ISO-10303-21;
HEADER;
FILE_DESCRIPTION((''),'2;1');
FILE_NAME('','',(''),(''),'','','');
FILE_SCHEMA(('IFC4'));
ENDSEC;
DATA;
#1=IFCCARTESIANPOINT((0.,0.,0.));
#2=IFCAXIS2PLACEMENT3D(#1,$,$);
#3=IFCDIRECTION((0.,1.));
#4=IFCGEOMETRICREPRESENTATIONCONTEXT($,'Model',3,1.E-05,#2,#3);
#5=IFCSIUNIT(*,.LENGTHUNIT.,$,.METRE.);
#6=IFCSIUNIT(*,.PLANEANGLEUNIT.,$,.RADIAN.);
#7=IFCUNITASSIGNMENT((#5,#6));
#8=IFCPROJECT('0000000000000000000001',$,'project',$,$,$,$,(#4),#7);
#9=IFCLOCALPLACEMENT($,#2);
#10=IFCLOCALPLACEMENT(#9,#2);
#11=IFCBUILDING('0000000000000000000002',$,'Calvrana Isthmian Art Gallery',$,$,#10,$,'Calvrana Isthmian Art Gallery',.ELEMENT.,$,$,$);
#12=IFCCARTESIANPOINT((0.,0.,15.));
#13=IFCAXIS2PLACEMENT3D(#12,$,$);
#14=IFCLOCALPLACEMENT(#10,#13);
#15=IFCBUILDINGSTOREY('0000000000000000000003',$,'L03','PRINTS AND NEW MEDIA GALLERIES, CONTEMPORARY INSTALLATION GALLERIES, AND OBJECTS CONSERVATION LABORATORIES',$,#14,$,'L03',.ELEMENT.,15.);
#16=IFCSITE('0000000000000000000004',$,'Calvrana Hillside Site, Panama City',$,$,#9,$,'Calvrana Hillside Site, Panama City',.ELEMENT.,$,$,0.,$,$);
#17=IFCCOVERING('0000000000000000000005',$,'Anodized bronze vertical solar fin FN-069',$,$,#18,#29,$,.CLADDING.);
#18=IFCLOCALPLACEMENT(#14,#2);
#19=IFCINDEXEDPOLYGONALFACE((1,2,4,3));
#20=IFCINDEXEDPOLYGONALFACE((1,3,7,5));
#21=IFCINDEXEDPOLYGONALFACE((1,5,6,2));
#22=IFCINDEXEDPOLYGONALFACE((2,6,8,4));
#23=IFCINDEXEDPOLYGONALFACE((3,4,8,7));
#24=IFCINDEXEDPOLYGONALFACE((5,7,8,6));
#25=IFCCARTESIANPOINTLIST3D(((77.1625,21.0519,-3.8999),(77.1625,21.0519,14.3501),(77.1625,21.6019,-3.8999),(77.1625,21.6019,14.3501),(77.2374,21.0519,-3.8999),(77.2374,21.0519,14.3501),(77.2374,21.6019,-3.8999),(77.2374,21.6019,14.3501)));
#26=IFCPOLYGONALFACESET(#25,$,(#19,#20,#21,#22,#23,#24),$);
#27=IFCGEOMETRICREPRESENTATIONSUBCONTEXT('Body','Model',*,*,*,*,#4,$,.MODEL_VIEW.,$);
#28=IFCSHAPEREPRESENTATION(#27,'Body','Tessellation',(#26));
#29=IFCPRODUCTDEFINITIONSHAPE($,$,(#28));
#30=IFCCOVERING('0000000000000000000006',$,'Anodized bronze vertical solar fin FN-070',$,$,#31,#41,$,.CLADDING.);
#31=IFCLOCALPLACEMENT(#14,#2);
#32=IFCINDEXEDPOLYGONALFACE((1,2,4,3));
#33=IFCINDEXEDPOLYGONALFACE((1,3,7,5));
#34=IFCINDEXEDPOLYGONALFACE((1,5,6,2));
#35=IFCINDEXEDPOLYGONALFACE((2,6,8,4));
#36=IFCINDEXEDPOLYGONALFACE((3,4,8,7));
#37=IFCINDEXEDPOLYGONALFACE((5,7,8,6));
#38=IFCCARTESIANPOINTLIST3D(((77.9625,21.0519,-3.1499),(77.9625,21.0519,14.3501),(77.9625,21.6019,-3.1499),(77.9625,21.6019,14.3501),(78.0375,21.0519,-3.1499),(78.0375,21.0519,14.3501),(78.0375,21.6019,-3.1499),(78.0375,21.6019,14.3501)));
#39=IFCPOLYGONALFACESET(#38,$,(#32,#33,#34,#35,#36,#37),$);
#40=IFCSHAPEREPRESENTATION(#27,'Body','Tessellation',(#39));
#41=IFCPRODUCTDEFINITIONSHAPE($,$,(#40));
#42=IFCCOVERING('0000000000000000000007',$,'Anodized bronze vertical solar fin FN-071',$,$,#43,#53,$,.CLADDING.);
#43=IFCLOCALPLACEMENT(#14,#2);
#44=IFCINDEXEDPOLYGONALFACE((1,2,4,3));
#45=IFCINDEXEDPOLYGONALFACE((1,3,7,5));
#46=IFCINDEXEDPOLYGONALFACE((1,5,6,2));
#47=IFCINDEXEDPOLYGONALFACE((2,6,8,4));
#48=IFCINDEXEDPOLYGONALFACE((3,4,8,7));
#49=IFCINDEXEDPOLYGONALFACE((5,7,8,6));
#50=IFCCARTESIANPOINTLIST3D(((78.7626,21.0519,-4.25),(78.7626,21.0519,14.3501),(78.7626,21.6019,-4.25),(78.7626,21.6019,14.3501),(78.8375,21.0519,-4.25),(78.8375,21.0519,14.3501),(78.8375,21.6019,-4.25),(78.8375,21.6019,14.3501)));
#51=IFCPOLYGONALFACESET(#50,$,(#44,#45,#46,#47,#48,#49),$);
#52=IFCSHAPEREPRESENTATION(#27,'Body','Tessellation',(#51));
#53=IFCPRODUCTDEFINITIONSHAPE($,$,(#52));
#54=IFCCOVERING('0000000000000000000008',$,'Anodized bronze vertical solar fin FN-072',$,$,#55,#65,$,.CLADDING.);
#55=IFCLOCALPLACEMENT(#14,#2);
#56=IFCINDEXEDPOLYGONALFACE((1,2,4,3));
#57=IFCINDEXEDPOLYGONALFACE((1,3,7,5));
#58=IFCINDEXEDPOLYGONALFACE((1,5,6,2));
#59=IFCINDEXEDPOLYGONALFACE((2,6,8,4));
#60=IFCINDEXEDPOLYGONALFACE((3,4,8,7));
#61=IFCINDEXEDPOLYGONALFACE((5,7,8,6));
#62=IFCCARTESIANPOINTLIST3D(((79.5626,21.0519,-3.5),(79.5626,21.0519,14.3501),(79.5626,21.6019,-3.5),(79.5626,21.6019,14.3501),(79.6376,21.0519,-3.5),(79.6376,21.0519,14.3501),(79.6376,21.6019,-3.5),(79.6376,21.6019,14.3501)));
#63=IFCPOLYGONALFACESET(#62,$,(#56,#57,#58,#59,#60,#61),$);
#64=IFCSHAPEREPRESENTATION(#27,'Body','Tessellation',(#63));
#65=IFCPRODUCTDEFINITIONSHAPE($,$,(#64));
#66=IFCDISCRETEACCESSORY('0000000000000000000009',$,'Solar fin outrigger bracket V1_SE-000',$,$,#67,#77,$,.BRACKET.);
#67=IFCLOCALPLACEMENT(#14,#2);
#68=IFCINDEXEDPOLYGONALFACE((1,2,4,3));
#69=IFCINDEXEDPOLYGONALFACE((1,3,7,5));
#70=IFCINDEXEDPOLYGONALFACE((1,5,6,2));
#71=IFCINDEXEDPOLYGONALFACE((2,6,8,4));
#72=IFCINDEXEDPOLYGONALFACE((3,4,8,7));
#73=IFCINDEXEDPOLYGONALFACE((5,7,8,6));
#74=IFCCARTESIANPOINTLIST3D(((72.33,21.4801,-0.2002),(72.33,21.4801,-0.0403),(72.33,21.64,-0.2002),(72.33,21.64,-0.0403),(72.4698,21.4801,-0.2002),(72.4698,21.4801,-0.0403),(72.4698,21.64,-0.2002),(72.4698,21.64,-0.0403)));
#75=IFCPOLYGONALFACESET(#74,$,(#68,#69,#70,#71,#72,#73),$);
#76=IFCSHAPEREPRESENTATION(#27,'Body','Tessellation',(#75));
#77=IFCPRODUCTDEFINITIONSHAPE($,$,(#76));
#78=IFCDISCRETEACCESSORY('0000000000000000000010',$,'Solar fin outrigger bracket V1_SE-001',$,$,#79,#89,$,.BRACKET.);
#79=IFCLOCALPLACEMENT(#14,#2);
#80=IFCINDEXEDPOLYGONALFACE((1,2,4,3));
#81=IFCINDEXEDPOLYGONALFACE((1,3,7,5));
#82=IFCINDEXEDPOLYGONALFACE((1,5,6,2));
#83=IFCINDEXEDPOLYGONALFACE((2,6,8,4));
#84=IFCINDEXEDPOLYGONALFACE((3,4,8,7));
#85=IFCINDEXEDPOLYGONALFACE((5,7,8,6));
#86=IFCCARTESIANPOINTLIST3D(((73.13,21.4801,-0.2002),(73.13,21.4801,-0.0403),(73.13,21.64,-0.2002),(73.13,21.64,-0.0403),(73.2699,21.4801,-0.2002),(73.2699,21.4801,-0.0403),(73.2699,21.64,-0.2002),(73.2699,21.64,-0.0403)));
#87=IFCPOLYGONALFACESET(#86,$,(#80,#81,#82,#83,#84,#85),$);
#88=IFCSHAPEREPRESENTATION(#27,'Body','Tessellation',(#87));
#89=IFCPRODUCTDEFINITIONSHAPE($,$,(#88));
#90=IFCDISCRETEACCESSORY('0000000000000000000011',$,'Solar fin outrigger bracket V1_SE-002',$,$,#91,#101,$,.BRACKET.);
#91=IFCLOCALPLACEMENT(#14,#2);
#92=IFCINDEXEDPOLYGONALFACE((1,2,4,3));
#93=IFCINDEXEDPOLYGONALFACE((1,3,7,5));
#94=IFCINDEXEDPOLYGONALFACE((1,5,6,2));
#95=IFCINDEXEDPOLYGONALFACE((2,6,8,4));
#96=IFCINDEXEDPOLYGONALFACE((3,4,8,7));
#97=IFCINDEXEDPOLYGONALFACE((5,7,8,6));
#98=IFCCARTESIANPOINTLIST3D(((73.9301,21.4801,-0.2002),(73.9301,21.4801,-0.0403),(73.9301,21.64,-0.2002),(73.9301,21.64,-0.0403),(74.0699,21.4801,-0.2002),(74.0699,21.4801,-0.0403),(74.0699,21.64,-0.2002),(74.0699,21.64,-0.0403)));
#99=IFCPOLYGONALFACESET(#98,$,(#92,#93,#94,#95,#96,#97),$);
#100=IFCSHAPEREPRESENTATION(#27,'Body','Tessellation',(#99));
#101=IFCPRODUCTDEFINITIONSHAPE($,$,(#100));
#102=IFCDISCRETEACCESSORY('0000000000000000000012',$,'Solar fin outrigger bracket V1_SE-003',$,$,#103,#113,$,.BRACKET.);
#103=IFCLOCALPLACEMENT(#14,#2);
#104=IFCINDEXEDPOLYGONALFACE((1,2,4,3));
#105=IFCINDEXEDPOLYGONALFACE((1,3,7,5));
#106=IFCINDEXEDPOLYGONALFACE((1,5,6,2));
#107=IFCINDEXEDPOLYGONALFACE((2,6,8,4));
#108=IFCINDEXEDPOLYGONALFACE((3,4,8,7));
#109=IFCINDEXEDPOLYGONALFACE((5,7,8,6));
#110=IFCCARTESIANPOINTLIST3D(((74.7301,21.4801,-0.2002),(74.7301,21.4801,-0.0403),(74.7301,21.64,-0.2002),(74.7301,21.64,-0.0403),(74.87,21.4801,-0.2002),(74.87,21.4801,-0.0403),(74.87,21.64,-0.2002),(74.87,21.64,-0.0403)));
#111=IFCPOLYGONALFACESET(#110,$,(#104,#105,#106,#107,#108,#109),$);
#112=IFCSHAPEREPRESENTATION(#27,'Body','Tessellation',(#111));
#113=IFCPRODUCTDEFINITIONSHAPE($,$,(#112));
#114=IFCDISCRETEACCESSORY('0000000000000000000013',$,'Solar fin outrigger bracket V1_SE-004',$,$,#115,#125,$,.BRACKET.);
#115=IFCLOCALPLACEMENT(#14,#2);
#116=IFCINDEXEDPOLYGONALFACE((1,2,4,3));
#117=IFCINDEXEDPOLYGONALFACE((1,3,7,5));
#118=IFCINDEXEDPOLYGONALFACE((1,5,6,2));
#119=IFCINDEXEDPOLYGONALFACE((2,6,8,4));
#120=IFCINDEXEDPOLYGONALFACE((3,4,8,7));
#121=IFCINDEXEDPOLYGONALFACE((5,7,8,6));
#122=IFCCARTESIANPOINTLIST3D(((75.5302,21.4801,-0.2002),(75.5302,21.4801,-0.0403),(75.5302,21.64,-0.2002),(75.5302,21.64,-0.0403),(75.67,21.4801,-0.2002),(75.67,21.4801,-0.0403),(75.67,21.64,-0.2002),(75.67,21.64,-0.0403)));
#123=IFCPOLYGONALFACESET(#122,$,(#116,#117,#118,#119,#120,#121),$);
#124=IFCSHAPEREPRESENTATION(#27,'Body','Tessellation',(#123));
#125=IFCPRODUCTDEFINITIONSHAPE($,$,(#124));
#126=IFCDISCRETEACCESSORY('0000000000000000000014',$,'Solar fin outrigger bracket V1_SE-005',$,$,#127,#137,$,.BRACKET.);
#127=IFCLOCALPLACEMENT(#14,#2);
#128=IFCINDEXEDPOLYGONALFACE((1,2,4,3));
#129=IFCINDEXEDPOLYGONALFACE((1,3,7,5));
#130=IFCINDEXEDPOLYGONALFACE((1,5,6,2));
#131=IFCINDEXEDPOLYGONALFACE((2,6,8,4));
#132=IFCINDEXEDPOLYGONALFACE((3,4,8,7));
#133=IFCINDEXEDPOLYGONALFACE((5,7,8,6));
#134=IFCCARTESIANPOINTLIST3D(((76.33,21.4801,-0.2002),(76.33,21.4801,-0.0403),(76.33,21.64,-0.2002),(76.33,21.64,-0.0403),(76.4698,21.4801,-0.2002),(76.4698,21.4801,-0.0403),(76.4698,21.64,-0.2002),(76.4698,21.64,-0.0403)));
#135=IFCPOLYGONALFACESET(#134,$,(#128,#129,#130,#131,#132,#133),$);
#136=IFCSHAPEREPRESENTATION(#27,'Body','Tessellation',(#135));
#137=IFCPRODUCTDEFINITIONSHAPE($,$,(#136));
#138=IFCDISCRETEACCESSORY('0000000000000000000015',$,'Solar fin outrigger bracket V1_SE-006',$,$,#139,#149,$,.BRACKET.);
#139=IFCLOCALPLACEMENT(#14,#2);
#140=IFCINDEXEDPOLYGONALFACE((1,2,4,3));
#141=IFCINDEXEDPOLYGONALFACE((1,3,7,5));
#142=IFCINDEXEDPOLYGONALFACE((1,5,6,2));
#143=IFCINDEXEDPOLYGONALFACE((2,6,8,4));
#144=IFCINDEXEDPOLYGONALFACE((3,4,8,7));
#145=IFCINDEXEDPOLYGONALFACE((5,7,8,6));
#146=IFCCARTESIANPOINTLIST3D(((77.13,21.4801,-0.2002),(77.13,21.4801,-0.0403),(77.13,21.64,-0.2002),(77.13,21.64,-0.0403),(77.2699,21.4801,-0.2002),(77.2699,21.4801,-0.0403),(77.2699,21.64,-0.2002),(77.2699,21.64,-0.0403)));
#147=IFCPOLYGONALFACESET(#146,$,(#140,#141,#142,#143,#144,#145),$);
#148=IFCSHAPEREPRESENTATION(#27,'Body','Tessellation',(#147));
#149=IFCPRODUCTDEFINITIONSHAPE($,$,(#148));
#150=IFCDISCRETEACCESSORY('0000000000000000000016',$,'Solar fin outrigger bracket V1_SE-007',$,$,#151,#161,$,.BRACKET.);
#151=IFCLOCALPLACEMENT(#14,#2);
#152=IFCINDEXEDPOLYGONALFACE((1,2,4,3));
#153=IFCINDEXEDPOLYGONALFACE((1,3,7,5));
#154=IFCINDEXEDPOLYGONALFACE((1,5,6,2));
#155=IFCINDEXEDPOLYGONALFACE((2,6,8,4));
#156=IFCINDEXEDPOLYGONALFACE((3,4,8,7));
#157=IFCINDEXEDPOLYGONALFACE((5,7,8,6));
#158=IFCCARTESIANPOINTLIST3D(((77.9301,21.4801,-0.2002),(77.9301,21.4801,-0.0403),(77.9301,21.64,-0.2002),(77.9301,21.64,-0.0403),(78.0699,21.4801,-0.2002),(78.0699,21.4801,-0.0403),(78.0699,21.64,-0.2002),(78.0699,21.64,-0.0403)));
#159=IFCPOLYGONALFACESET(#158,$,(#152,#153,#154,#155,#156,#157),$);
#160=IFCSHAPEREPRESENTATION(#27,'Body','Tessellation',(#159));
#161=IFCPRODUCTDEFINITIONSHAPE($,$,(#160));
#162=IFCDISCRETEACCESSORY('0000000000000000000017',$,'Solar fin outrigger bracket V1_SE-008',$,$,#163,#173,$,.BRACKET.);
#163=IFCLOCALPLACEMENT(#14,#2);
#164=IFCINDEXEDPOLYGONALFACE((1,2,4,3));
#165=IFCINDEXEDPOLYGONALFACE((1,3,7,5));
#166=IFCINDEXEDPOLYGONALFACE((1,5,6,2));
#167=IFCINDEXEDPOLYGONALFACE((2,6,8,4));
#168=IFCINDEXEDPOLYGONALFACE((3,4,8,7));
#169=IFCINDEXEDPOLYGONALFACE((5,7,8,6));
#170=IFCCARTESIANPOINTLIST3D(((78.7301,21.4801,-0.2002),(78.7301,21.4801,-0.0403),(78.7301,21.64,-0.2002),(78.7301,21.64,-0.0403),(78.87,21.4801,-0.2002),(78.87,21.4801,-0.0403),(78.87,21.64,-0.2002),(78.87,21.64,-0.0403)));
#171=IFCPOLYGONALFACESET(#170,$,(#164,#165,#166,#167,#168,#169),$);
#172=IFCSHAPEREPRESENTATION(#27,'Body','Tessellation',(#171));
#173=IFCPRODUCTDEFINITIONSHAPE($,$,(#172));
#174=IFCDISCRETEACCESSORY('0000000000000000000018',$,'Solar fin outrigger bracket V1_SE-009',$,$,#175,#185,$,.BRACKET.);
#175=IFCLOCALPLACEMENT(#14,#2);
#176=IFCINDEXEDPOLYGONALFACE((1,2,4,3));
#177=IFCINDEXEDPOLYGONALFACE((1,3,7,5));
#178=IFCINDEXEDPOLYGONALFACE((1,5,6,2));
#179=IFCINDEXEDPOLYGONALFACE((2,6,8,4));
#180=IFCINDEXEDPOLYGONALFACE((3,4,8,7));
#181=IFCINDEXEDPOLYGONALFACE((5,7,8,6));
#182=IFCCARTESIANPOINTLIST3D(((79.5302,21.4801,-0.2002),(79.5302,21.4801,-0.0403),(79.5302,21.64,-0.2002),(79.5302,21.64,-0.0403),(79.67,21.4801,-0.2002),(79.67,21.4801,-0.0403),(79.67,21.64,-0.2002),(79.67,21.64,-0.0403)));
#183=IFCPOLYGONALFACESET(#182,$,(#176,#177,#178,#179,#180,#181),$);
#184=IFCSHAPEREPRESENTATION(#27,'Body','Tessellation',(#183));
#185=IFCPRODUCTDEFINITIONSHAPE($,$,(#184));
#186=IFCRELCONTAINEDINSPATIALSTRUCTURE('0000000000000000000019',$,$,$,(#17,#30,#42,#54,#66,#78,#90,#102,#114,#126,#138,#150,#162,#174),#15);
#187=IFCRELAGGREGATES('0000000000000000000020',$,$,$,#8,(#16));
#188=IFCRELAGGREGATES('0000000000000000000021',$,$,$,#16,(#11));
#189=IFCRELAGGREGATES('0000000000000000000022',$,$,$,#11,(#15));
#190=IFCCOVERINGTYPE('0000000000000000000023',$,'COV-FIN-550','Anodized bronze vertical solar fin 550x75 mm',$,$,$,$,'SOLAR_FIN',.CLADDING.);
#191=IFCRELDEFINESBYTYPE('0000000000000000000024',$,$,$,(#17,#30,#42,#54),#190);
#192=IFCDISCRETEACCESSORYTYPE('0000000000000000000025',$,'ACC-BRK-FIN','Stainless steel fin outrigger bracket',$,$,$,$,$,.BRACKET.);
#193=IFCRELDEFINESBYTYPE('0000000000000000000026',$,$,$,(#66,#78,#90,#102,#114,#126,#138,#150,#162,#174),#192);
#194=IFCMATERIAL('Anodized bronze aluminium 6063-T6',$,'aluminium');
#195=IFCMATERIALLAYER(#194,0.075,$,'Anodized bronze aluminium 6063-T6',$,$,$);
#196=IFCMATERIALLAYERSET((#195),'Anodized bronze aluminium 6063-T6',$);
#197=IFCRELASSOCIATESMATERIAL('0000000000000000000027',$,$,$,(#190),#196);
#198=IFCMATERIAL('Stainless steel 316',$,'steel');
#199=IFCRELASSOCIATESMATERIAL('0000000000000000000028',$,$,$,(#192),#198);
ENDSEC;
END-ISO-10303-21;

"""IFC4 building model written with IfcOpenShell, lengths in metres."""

from ifc_helpers import new_model, si_unit, direction, frame, origin, origin_2d, place, context, subcontext, project, spatial, rectangle, extrude, material, layer, layer_set, type_object, element, save


model = new_model("IFC4")

# Units and contexts
model_context = context("Model", 3, precision=1e-05, world=origin(), true_north=direction((0.0, 1.0)))
body_context = subcontext(model_context, "Body", "Model", "MODEL_VIEW")
ifc_project = project(units=[si_unit("LENGTHUNIT", "METRE"), si_unit("PLANEANGLEUNIT", "RADIAN")], contexts=[model_context])

# Site, building, storey
site_placement = place(None, origin())
site = spatial("IfcSite", under=ifc_project, at=site_placement, Name="Calvrana Hillside Site, Panama City", LongName="Calvrana Hillside Site, Panama City", CompositionType="ELEMENT", RefElevation=0.0)
building_placement = place(site_placement, origin())
building = spatial("IfcBuilding", under=site, at=building_placement, Name="Calvrana Isthmian Art Gallery", LongName="Calvrana Isthmian Art Gallery", CompositionType="ELEMENT")
storey_placement = place(building_placement, frame((0.0, 0.0, 15.0)))
storey = spatial("IfcBuildingStorey", under=building, at=storey_placement, Name="L03", Description="PRINTS AND NEW MEDIA GALLERIES, CONTEMPORARY INSTALLATION GALLERIES, AND OBJECTS CONSERVATION LABORATORIES", LongName="L03", CompositionType="ELEMENT", Elevation=15.0)

# Coverings
ifc_material_1 = material(Name="Anodized bronze aluminium 6063-T6", Category="aluminium")
ifc_layer_1 = layer(ifc_material_1, 0.075, Name="Anodized bronze aluminium 6063-T6")
ifc_layer_set_1 = layer_set([ifc_layer_1], Name="Anodized bronze aluminium 6063-T6")
covering_type_1 = type_object("IfcCoveringType", Name="COV-FIN-550", Description="Anodized bronze vertical solar fin 550x75 mm", ElementType="SOLAR_FIN", PredefinedType="CLADDING", material=ifc_layer_set_1)
covering_1_placement = place(storey_placement, frame((77.2, 21.3269, -3.8999), z_axis=(0.0, 0.0, 1.0), x_axis=(1.0, 0.0, 0.0)))
element("IfcCovering", 1, at=covering_1_placement, inside=storey, type_object=covering_type_1, Name="Anodized bronze vertical solar fin FN-069", PredefinedType="CLADDING", context=body_context, shape_type="SweptSolid", body=[
    extrude(rectangle(XDim=0.075, YDim=0.55, at=origin_2d()), origin(), (0.0, 0.0, 1.0), 18.25),
])
covering_2_placement = place(storey_placement, frame((78.0, 21.3269, -3.1499), z_axis=(0.0, 0.0, 1.0), x_axis=(1.0, 0.0, 0.0)))
element("IfcCovering", 2, at=covering_2_placement, inside=storey, type_object=covering_type_1, Name="Anodized bronze vertical solar fin FN-070", PredefinedType="CLADDING", context=body_context, shape_type="SweptSolid", body=[
    extrude(rectangle(XDim=0.075, YDim=0.55, at=origin_2d()), origin(), (0.0, 0.0, 1.0), 17.5),
])
covering_3_placement = place(storey_placement, frame((78.8, 21.3269, -4.25), z_axis=(0.0, 0.0, 1.0), x_axis=(1.0, 0.0, 0.0)))
element("IfcCovering", 3, at=covering_3_placement, inside=storey, type_object=covering_type_1, Name="Anodized bronze vertical solar fin FN-071", PredefinedType="CLADDING", context=body_context, shape_type="SweptSolid", body=[
    extrude(rectangle(XDim=0.075, YDim=0.55, at=origin_2d()), origin(), (0.0, 0.0, 1.0), 18.6001),
])
covering_4_placement = place(storey_placement, frame((79.6001, 21.3269, -3.5), z_axis=(0.0, 0.0, 1.0), x_axis=(1.0, 0.0, 0.0)))
element("IfcCovering", 4, at=covering_4_placement, inside=storey, type_object=covering_type_1, Name="Anodized bronze vertical solar fin FN-072", PredefinedType="CLADDING", context=body_context, shape_type="SweptSolid", body=[
    extrude(rectangle(XDim=0.075, YDim=0.55, at=origin_2d()), origin(), (0.0, 0.0, 1.0), 17.8501),
])

# Discrete accessories
ifc_material_2 = material(Name="Stainless steel 316", Category="steel")
discrete_accessory_type = type_object("IfcDiscreteAccessoryType", Name="ACC-BRK-FIN", Description="Stainless steel fin outrigger bracket", PredefinedType="BRACKET", material=ifc_material_2)
for number, where, z_axis, x_axis, name in (
    (5, (72.3999, 21.5601, -0.2002), (0.0, 0.0, 1.0), (1.0, 0.0, 0.0), "Solar fin outrigger bracket V1_SE-000"),
    (6, (73.2, 21.5601, -0.2002), (0.0, 0.0, 1.0), (1.0, 0.0, 0.0), "Solar fin outrigger bracket V1_SE-001"),
    (7, (74.0, 21.5601, -0.2002), (0.0, 0.0, 1.0), (1.0, 0.0, 0.0), "Solar fin outrigger bracket V1_SE-002"),
    (8, (74.8, 21.5601, -0.2002), (0.0, 0.0, 1.0), (1.0, 0.0, 0.0), "Solar fin outrigger bracket V1_SE-003"),
    (9, (75.6001, 21.5601, -0.2002), (0.0, 0.0, 1.0), (1.0, 0.0, 0.0), "Solar fin outrigger bracket V1_SE-004"),
    (10, (76.3999, 21.5601, -0.2002), (0.0, 0.0, 1.0), (1.0, 0.0, 0.0), "Solar fin outrigger bracket V1_SE-005"),
    (11, (77.2, 21.5601, -0.2002), (0.0, 0.0, 1.0), (1.0, 0.0, 0.0), "Solar fin outrigger bracket V1_SE-006"),
    (12, (78.0, 21.5601, -0.2002), (0.0, 0.0, 1.0), (1.0, 0.0, 0.0), "Solar fin outrigger bracket V1_SE-007"),
    (13, (78.8, 21.5601, -0.2002), (0.0, 0.0, 1.0), (1.0, 0.0, 0.0), "Solar fin outrigger bracket V1_SE-008"),
    (14, (79.6001, 21.5601, -0.2002), (0.0, 0.0, 1.0), (1.0, 0.0, 0.0), "Solar fin outrigger bracket V1_SE-009"),
):
    element("IfcDiscreteAccessory", number, at=place(storey_placement, frame(where, z_axis=z_axis, x_axis=x_axis)), inside=storey, type_object=discrete_accessory_type, Name=name, PredefinedType="BRACKET", context=body_context, shape_type="SweptSolid", body=[
        extrude(rectangle(XDim=0.1399, YDim=0.1599, at=origin_2d()), origin(), (0.0, 0.0, 1.0), 0.1599),
    ])

save(model, "model.ifc")
